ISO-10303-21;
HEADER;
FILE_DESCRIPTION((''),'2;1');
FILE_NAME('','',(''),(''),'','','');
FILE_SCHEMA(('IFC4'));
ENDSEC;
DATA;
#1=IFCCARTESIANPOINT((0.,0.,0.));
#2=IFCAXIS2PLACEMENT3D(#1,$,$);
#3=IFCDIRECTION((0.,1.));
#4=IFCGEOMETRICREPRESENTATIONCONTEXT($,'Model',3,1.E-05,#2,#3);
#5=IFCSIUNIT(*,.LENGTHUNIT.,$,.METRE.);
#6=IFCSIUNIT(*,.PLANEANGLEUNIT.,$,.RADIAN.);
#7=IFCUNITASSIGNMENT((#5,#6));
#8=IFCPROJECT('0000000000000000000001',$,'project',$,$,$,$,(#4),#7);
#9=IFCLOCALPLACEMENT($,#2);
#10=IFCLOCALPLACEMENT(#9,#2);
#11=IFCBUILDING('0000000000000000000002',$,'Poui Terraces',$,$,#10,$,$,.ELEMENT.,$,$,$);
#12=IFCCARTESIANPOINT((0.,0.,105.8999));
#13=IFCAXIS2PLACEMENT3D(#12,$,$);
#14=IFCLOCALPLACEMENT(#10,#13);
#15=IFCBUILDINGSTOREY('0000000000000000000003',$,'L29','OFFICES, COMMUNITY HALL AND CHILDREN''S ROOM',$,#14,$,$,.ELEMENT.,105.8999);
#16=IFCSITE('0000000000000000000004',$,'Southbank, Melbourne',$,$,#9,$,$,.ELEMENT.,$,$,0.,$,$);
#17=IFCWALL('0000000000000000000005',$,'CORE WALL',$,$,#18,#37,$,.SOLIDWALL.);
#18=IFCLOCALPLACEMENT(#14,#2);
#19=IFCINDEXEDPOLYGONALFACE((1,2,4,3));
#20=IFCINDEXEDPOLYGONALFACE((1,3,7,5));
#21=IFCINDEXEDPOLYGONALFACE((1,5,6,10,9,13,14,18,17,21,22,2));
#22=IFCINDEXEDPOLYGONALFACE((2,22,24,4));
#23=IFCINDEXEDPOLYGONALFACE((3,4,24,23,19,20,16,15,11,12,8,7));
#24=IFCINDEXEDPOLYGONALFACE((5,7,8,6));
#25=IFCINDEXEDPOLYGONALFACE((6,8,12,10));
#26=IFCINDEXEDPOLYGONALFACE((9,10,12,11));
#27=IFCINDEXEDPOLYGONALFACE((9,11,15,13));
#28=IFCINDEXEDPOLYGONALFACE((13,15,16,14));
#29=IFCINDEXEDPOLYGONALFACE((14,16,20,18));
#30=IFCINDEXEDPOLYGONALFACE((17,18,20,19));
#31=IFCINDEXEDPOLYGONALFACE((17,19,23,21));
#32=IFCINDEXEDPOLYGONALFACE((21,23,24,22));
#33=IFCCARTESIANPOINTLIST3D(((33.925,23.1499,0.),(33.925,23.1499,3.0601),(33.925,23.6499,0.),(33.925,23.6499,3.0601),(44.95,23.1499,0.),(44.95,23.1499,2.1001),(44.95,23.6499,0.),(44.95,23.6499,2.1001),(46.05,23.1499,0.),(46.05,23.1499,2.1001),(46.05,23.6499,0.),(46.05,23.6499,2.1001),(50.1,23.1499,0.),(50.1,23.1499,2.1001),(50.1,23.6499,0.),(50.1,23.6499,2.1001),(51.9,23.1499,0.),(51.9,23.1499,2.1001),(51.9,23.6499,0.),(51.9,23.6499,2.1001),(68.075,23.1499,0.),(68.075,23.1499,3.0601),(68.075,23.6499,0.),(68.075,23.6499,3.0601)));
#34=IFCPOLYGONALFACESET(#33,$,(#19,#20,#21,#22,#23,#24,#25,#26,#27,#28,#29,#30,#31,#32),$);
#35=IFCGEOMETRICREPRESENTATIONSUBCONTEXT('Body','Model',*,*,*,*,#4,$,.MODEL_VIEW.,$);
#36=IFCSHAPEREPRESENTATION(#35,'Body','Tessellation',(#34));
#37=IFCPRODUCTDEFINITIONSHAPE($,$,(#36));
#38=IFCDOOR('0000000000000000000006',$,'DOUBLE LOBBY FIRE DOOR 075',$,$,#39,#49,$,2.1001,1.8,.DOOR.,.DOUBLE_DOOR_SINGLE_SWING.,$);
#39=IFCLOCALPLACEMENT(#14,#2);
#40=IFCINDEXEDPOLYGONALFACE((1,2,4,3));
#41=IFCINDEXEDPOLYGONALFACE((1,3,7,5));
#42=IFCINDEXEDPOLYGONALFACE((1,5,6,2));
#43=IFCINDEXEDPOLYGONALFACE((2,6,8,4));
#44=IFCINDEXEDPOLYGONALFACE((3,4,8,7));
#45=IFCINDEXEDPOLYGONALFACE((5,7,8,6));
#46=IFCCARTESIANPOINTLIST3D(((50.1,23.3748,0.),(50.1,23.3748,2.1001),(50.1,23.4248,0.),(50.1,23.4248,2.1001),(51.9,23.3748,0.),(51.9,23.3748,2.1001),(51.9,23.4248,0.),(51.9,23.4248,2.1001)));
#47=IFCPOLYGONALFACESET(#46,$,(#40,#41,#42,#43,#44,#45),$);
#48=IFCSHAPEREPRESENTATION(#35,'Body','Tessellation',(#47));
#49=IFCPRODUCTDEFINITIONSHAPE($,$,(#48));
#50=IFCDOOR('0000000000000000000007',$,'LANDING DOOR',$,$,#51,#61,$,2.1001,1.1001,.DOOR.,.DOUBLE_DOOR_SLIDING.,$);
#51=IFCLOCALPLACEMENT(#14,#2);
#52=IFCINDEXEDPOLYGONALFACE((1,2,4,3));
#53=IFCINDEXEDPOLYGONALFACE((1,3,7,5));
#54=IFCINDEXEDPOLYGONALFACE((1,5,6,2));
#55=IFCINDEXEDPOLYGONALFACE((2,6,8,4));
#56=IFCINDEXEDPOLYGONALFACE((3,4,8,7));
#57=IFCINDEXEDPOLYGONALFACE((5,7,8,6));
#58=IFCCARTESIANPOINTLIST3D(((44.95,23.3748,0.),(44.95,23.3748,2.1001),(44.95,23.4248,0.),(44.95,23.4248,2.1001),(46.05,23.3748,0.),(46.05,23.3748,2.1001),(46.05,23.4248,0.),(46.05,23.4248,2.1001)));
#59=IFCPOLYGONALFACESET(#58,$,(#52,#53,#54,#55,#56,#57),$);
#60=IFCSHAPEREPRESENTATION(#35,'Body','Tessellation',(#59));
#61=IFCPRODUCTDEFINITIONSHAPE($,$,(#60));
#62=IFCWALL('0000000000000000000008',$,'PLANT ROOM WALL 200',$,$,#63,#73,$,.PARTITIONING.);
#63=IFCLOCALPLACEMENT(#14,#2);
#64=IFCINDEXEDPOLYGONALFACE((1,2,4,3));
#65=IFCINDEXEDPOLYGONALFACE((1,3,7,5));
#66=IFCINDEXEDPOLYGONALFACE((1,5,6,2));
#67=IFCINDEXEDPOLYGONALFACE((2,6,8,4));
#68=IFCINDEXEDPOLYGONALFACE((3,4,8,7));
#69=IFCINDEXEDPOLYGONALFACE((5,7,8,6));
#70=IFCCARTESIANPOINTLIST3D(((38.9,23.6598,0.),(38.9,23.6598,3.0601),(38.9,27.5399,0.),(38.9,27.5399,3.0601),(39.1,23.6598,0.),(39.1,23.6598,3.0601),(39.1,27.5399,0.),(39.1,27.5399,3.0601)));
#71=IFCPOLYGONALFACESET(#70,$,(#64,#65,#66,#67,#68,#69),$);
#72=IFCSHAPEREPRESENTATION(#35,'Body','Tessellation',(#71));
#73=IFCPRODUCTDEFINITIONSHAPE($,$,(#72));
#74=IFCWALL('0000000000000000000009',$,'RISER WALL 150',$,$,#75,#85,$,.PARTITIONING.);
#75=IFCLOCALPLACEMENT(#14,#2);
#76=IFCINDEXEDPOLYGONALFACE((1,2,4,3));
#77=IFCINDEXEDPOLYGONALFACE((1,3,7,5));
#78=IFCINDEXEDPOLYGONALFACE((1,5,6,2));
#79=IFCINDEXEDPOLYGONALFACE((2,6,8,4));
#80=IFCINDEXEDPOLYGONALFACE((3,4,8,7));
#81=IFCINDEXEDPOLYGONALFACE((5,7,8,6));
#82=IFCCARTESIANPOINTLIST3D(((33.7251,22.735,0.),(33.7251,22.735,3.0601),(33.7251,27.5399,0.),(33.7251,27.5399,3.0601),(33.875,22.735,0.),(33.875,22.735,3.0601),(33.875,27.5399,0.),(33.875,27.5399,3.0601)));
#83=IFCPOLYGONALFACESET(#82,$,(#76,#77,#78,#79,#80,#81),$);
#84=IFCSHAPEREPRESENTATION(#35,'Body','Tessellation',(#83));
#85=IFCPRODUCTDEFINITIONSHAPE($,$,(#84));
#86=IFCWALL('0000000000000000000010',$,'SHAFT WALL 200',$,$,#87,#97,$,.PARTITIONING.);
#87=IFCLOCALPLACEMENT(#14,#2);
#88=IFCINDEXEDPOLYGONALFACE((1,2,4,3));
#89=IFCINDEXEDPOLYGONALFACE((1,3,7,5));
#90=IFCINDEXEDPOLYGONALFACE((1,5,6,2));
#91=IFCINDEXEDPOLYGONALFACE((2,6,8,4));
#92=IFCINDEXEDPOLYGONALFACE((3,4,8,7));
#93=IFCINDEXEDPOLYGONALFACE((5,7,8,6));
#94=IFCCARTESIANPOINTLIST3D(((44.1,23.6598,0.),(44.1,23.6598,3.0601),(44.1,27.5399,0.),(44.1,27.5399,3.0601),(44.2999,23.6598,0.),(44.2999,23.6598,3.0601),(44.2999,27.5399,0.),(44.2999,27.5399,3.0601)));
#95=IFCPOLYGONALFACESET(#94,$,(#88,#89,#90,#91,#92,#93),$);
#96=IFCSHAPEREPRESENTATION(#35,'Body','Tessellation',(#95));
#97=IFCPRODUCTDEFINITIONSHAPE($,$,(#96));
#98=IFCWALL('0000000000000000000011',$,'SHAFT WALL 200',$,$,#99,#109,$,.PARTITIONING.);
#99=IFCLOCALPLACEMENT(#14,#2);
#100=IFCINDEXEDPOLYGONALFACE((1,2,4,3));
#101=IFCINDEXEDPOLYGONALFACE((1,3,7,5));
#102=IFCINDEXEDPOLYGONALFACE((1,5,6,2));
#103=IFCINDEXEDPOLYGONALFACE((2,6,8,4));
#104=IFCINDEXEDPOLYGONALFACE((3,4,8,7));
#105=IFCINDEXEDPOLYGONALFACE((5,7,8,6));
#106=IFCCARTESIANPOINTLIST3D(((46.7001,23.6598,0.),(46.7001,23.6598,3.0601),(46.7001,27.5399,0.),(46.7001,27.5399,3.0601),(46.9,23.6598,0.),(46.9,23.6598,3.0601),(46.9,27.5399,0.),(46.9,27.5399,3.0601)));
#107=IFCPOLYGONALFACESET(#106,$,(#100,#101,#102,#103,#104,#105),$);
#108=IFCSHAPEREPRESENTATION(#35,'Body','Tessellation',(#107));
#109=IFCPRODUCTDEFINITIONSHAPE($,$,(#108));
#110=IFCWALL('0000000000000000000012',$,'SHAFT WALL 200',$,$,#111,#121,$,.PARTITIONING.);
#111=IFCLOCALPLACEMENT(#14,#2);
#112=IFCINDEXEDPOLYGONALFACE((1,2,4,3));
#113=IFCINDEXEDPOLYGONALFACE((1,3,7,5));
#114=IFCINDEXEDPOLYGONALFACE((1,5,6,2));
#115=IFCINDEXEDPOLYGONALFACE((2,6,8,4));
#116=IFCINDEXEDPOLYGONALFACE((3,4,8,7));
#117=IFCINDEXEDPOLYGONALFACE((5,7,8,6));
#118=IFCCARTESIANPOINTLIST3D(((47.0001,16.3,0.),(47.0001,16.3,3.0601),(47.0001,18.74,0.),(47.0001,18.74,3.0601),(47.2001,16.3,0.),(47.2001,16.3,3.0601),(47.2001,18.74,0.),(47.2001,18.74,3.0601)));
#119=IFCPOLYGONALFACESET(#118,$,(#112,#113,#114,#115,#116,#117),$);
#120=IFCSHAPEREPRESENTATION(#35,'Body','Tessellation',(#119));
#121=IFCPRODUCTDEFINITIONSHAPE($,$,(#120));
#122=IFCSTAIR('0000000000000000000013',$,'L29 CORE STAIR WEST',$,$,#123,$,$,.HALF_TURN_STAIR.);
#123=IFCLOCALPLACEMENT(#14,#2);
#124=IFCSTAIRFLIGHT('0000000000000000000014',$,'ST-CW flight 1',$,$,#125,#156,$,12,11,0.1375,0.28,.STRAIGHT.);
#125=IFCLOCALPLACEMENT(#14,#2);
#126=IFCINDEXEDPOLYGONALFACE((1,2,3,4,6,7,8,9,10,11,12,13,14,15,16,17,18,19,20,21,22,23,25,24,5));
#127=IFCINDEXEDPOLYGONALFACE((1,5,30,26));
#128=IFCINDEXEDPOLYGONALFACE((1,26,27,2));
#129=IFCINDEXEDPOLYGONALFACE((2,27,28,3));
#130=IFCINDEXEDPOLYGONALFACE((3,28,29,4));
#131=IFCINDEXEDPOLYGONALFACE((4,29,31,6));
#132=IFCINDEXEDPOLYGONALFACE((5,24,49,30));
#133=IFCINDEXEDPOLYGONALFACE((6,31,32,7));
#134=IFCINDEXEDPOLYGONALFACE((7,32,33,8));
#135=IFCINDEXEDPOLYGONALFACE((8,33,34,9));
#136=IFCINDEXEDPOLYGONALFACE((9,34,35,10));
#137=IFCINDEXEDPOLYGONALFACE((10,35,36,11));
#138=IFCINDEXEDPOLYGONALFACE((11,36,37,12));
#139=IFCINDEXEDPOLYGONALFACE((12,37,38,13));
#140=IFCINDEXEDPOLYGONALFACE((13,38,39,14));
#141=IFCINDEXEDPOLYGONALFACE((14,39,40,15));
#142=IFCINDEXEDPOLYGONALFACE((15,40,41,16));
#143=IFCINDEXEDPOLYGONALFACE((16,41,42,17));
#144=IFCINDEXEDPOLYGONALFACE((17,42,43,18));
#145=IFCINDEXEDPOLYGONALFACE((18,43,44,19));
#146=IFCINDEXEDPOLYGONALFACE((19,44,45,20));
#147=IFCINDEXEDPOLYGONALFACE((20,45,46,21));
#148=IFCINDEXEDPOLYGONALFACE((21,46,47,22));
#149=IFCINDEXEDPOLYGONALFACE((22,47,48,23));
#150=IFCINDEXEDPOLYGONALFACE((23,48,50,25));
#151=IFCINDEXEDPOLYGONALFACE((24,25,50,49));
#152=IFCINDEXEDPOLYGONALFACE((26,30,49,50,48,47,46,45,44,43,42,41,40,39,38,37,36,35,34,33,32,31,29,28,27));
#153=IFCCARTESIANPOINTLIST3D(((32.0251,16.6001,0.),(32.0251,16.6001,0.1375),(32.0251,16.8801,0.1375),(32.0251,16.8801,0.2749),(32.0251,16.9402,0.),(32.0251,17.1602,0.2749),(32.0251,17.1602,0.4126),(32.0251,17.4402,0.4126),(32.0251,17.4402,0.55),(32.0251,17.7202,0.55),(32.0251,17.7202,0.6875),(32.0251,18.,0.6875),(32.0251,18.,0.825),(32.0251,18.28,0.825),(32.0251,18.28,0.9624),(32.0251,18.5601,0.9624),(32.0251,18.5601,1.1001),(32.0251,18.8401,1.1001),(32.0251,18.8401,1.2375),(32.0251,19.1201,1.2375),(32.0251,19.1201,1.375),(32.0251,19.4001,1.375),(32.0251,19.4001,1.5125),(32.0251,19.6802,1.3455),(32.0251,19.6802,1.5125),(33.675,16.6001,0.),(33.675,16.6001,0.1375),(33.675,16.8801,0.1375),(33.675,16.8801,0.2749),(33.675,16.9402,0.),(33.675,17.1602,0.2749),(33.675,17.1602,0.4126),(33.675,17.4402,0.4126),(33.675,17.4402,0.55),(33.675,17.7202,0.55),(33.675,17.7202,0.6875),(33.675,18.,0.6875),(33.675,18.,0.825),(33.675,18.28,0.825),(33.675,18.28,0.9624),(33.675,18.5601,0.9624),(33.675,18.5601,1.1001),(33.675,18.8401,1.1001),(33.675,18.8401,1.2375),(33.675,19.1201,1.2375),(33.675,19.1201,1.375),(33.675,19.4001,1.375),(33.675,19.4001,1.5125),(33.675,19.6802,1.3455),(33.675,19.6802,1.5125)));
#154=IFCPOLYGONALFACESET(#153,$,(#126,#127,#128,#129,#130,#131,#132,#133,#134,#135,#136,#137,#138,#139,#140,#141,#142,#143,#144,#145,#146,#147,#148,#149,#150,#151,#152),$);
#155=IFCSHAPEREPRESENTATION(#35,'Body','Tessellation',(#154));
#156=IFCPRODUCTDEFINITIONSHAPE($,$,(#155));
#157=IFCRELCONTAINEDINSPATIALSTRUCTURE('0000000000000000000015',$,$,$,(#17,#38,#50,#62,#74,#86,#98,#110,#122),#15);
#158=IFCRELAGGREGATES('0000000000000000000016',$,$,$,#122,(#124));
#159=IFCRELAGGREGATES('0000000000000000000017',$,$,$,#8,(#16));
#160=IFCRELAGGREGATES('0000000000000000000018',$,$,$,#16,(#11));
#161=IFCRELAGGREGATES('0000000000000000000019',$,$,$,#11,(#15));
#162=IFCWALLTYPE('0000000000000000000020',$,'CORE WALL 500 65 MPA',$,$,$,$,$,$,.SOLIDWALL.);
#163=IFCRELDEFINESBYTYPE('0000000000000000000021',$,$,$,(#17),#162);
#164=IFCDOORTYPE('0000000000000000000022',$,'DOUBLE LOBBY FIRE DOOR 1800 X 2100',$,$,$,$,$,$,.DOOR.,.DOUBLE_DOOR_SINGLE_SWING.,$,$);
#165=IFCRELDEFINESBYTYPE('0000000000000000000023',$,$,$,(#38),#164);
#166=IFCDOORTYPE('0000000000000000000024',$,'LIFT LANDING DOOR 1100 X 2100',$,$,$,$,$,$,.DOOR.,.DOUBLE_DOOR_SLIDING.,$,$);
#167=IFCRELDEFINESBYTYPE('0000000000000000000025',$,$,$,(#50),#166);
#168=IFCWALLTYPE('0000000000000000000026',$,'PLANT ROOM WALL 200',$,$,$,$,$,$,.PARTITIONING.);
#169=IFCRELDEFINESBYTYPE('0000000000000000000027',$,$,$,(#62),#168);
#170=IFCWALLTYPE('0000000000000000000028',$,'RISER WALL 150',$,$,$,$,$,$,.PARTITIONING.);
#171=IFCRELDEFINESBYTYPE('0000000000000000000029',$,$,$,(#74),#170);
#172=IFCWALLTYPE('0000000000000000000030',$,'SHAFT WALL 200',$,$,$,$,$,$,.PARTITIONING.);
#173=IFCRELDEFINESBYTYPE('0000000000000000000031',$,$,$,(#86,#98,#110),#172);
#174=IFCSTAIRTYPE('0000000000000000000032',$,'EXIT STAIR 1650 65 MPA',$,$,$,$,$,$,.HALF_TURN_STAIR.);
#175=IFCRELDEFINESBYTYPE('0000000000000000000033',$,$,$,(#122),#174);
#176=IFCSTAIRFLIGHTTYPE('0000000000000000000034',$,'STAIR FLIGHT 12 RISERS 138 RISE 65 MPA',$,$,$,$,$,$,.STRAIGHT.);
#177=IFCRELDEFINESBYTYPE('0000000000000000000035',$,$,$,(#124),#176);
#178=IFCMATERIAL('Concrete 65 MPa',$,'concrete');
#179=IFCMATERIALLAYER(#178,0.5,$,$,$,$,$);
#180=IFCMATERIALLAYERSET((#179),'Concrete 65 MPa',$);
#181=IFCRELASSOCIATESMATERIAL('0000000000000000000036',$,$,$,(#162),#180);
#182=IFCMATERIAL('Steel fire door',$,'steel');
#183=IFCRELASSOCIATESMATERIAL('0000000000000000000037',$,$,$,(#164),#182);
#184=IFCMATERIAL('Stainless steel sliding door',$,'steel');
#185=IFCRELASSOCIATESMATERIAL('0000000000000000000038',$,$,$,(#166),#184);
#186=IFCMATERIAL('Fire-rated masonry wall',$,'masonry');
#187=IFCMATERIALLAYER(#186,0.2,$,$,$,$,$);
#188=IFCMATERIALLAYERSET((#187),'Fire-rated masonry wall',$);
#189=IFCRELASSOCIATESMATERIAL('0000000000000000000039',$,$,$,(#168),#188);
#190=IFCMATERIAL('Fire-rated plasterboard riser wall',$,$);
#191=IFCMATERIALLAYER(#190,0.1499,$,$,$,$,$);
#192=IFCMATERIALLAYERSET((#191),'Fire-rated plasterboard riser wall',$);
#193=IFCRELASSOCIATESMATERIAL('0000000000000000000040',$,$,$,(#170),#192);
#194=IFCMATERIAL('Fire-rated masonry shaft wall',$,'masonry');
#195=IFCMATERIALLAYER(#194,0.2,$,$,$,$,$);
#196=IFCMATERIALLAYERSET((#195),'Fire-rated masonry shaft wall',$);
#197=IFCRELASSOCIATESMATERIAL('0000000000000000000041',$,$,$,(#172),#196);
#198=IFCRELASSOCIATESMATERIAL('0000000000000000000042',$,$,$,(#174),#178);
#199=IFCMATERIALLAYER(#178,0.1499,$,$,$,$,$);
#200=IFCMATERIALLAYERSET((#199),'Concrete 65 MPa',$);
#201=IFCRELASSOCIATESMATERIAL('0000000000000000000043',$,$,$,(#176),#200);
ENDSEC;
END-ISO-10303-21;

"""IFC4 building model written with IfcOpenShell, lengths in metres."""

from ifc_helpers import new_model, si_unit, direction, frame, frame_2d, origin, place, context, subcontext, project, spatial, polyline, rectangle, outline, extrude, material, layer, layer_set, type_object, element, fill, aggregate, save


model = new_model("IFC4")

# Units and contexts
model_context = context("Model", 3, precision=1e-05, world=origin(), true_north=direction((0.0, 1.0)))
body_context = subcontext(model_context, "Body", "Model", "MODEL_VIEW")
ifc_project = project(units=[si_unit("LENGTHUNIT", "METRE"), si_unit("PLANEANGLEUNIT", "RADIAN")], contexts=[model_context])

# Site, building, storey
site_placement = place(None, origin())
site = spatial("IfcSite", under=ifc_project, at=site_placement, Name="Southbank, Melbourne", CompositionType="ELEMENT", RefElevation=0.0)
building_placement = place(site_placement, origin())
building = spatial("IfcBuilding", under=site, at=building_placement, Name="Poui Terraces", CompositionType="ELEMENT")
storey_placement = place(building_placement, frame((0.0, 0.0, 105.8999)))
storey = spatial("IfcBuildingStorey", under=building, at=storey_placement, Name="L29", Description="OFFICES, COMMUNITY HALL AND CHILDREN'S ROOM", CompositionType="ELEMENT", Elevation=105.8999)

# Wall, openings, doors
ifc_material_1 = material(Name="Concrete 65 MPa", Category="concrete")
ifc_layer_1 = layer(ifc_material_1, 0.5)
ifc_layer_set_1 = layer_set([ifc_layer_1], Name="Concrete 65 MPa")
wall_type_1 = type_object("IfcWallType", Name="CORE WALL 500 65 MPA", PredefinedType="SOLIDWALL", material=ifc_layer_set_1)
ifc_material_2 = material(Name="Steel fire door", Category="steel")
door_type_1 = type_object("IfcDoorType", Name="DOUBLE LOBBY FIRE DOOR 1800 X 2100", OperationType="DOUBLE_DOOR_SINGLE_SWING", PredefinedType="DOOR", material=ifc_material_2)
ifc_material_3 = material(Name="Stainless steel sliding door", Category="steel")
door_type_2 = type_object("IfcDoorType", Name="LIFT LANDING DOOR 1100 X 2100", OperationType="DOUBLE_DOOR_SLIDING", PredefinedType="DOOR", material=ifc_material_3)
wall_1_placement = place(storey_placement, frame((33.925, 23.3999, 0.0), z_axis=(0.0, 0.0, 1.0), x_axis=(1.0, 0.0, 0.0)))
wall_1 = element("IfcWall", 1, at=wall_1_placement, inside=storey, type_object=wall_type_1, Name="CORE WALL", PredefinedType="SOLIDWALL", context=body_context, shape_type="SweptSolid", body=[
    extrude(rectangle(XDim=34.1499, YDim=0.5, at=frame_2d((17.075, 0.0))), origin(), (0.0, 0.0, 1.0), 3.0601),
])
opening_1_placement = place(wall_1_placement, frame((16.175, 0.0, 0.0)))
opening_1 = element("IfcOpeningElement", 2, at=opening_1_placement, cuts=wall_1, PredefinedType="OPENING", context=body_context, shape_type="SweptSolid", body=[
    extrude(rectangle(XDim=1.8, YDim=2.1001, at=frame_2d((0.8999, 1.05))), frame((0.0, 0.26, 0.0), z_axis=(0.0, -1.0, 0.0), x_axis=(1.0, 0.0, 0.0)), (0.0, 0.0, 1.0), 0.52),
])
opening_2_placement = place(wall_1_placement, frame((11.0249, 0.0, 0.0)))
opening_2 = element("IfcOpeningElement", 3, at=opening_2_placement, cuts=wall_1, PredefinedType="OPENING", context=body_context, shape_type="SweptSolid", body=[
    extrude(rectangle(XDim=1.1001, YDim=2.1001, at=frame_2d((0.55, 1.05))), frame((0.0, 0.26, 0.0), z_axis=(0.0, -1.0, 0.0), x_axis=(1.0, 0.0, 0.0)), (0.0, 0.0, 1.0), 0.52),
])
door_1_placement = place(opening_1_placement, origin())
door_1 = element("IfcDoor", 4, at=door_1_placement, inside=storey, type_object=door_type_1, Name="DOUBLE LOBBY FIRE DOOR 075", OperationType="DOUBLE_DOOR_SINGLE_SWING", OverallHeight=2.1001, OverallWidth=1.8, PredefinedType="DOOR", context=body_context, shape_type="SweptSolid", body=[
    extrude(rectangle(XDim=1.8, YDim=2.1001, at=frame_2d((0.8999, 1.05))), frame((0.0, 0.0249, 0.0), z_axis=(0.0, -1.0, 0.0), x_axis=(1.0, 0.0, 0.0)), (0.0, 0.0, 1.0), 0.05),
])
fill(opening_1, door_1)
door_2_placement = place(opening_2_placement, origin())
door_2 = element("IfcDoor", 5, at=door_2_placement, inside=storey, type_object=door_type_2, Name="LANDING DOOR", OperationType="DOUBLE_DOOR_SLIDING", OverallHeight=2.1001, OverallWidth=1.1001, PredefinedType="DOOR", context=body_context, shape_type="SweptSolid", body=[
    extrude(rectangle(XDim=1.1001, YDim=2.1001, at=frame_2d((0.55, 1.05))), frame((0.0, 0.0249, 0.0), z_axis=(0.0, -1.0, 0.0), x_axis=(1.0, 0.0, 0.0)), (0.0, 0.0, 1.0), 0.05),
])
fill(opening_2, door_2)

# Walls
ifc_material_4 = material(Name="Fire-rated masonry wall", Category="masonry")
ifc_layer_2 = layer(ifc_material_4, 0.2)
ifc_layer_set_2 = layer_set([ifc_layer_2], Name="Fire-rated masonry wall")
wall_type_2 = type_object("IfcWallType", Name="PLANT ROOM WALL 200", PredefinedType="PARTITIONING", material=ifc_layer_set_2)
wall_2_placement = place(storey_placement, frame((39.0, 23.6599, 0.0), z_axis=(0.0, 0.0, 1.0), x_axis=(0.0, 1.0, 0.0)))
element("IfcWall", 6, at=wall_2_placement, inside=storey, type_object=wall_type_2, Name="PLANT ROOM WALL 200", PredefinedType="PARTITIONING", context=body_context, shape_type="SweptSolid", body=[
    extrude(rectangle(XDim=3.8801, YDim=0.2, at=frame_2d((1.9399, 0.0))), origin(), (0.0, 0.0, 1.0), 3.0601),
])
ifc_material_5 = material(Name="Fire-rated plasterboard riser wall")
ifc_layer_3 = layer(ifc_material_5, 0.1499)
ifc_layer_set_3 = layer_set([ifc_layer_3], Name="Fire-rated plasterboard riser wall")
wall_type_3 = type_object("IfcWallType", Name="RISER WALL 150", PredefinedType="PARTITIONING", material=ifc_layer_set_3)
wall_3_placement = place(storey_placement, frame((33.8, 22.7351, 0.0), z_axis=(0.0, 0.0, 1.0), x_axis=(0.0, 1.0, 0.0)))
element("IfcWall", 7, at=wall_3_placement, inside=storey, type_object=wall_type_3, Name="RISER WALL 150", PredefinedType="PARTITIONING", context=body_context, shape_type="SweptSolid", body=[
    extrude(rectangle(XDim=4.8049, YDim=0.1499, at=frame_2d((2.4023, 0.0))), origin(), (0.0, 0.0, 1.0), 3.0601),
])
ifc_material_6 = material(Name="Fire-rated masonry shaft wall", Category="masonry")
ifc_layer_4 = layer(ifc_material_6, 0.2)
ifc_layer_set_4 = layer_set([ifc_layer_4], Name="Fire-rated masonry shaft wall")
wall_type_4 = type_object("IfcWallType", Name="SHAFT WALL 200", PredefinedType="PARTITIONING", material=ifc_layer_set_4)
for number, where, z_axis, x_axis, name in (
    (8, (44.2, 23.6599, 0.0), (0.0, 0.0, 1.0), (0.0, 1.0, 0.0), "SHAFT WALL 200"),
    (9, (46.8, 23.6599, 0.0), (0.0, 0.0, 1.0), (0.0, 1.0, 0.0), "SHAFT WALL 200"),
):
    element("IfcWall", number, at=place(storey_placement, frame(where, z_axis=z_axis, x_axis=x_axis)), inside=storey, type_object=wall_type_4, Name=name, PredefinedType="PARTITIONING", context=body_context, shape_type="SweptSolid", body=[
        extrude(rectangle(XDim=3.8801, YDim=0.2, at=frame_2d((1.9399, 0.0))), origin(), (0.0, 0.0, 1.0), 3.0601),
    ])
wall_4_placement = place(storey_placement, frame((47.1001, 16.3, 0.0), z_axis=(0.0, 0.0, 1.0), x_axis=(0.0, 1.0, 0.0)))
element("IfcWall", 10, at=wall_4_placement, inside=storey, type_object=wall_type_4, Name="SHAFT WALL 200", PredefinedType="PARTITIONING", context=body_context, shape_type="SweptSolid", body=[
    extrude(rectangle(XDim=2.4399, YDim=0.2, at=frame_2d((1.22, 0.0))), origin(), (0.0, 0.0, 1.0), 3.0601),
])

# Stair, stair flight
stair_type = type_object("IfcStairType", Name="EXIT STAIR 1650 65 MPA", PredefinedType="HALF_TURN_STAIR", material=ifc_material_1)
stair_placement = place(storey_placement, origin())
stair = element("IfcStair", 11, at=stair_placement, inside=storey, type_object=stair_type, Name="L29 CORE STAIR WEST", PredefinedType="HALF_TURN_STAIR")
ifc_layer_5 = layer(ifc_material_1, 0.1499)
ifc_layer_set_5 = layer_set([ifc_layer_5], Name="Concrete 65 MPa")
stair_flight_type = type_object("IfcStairFlightType", Name="STAIR FLIGHT 12 RISERS 138 RISE 65 MPA", PredefinedType="STRAIGHT", material=ifc_layer_set_5)
stair_flight_placement = place(storey_placement, frame((32.8501, 16.6001, 0.0), z_axis=(0.0, 0.0, 1.0), x_axis=(0.0, 1.0, 0.0)))
stair_flight = element("IfcStairFlight", 12, at=stair_flight_placement, type_object=stair_flight_type, Name="ST-CW flight 1", NumberOfRisers=12, NumberOfTreads=11, PredefinedType="STRAIGHT", RiserHeight=0.1375, TreadLength=0.28, context=body_context, shape_type="SweptSolid", body=[
    extrude(outline(polyline([(0.0, 0.0), (0.0, 0.1375), (0.28, 0.1375), (0.28, 0.2749), (0.5601, 0.2749), (0.5601, 0.4126), (0.8401, 0.4126), (0.8401, 0.55), (1.1201, 0.55), (1.1201, 0.6875), (1.3999, 0.6875), (1.3999, 0.825), (1.6799, 0.825), (1.6799, 0.9624), (1.96, 0.9624), (1.96, 1.1001), (2.24, 1.1001), (2.24, 1.2375), (2.52, 1.2375), (2.52, 1.375), (2.8, 1.375), (2.8, 1.5125), (3.0801, 1.5125), (3.0801, 1.6499), (3.0801, 1.3455), (0.3401, 0.0), (0.0, 0.0)])), frame((0.0, 0.825, 0.0), z_axis=(0.0, -1.0, 0.0), x_axis=(1.0, 0.0, 0.0)), (0.0, 0.0, 1.0), 1.6499),
])
aggregate(stair, [stair_flight])

save(model, "model.ifc")
